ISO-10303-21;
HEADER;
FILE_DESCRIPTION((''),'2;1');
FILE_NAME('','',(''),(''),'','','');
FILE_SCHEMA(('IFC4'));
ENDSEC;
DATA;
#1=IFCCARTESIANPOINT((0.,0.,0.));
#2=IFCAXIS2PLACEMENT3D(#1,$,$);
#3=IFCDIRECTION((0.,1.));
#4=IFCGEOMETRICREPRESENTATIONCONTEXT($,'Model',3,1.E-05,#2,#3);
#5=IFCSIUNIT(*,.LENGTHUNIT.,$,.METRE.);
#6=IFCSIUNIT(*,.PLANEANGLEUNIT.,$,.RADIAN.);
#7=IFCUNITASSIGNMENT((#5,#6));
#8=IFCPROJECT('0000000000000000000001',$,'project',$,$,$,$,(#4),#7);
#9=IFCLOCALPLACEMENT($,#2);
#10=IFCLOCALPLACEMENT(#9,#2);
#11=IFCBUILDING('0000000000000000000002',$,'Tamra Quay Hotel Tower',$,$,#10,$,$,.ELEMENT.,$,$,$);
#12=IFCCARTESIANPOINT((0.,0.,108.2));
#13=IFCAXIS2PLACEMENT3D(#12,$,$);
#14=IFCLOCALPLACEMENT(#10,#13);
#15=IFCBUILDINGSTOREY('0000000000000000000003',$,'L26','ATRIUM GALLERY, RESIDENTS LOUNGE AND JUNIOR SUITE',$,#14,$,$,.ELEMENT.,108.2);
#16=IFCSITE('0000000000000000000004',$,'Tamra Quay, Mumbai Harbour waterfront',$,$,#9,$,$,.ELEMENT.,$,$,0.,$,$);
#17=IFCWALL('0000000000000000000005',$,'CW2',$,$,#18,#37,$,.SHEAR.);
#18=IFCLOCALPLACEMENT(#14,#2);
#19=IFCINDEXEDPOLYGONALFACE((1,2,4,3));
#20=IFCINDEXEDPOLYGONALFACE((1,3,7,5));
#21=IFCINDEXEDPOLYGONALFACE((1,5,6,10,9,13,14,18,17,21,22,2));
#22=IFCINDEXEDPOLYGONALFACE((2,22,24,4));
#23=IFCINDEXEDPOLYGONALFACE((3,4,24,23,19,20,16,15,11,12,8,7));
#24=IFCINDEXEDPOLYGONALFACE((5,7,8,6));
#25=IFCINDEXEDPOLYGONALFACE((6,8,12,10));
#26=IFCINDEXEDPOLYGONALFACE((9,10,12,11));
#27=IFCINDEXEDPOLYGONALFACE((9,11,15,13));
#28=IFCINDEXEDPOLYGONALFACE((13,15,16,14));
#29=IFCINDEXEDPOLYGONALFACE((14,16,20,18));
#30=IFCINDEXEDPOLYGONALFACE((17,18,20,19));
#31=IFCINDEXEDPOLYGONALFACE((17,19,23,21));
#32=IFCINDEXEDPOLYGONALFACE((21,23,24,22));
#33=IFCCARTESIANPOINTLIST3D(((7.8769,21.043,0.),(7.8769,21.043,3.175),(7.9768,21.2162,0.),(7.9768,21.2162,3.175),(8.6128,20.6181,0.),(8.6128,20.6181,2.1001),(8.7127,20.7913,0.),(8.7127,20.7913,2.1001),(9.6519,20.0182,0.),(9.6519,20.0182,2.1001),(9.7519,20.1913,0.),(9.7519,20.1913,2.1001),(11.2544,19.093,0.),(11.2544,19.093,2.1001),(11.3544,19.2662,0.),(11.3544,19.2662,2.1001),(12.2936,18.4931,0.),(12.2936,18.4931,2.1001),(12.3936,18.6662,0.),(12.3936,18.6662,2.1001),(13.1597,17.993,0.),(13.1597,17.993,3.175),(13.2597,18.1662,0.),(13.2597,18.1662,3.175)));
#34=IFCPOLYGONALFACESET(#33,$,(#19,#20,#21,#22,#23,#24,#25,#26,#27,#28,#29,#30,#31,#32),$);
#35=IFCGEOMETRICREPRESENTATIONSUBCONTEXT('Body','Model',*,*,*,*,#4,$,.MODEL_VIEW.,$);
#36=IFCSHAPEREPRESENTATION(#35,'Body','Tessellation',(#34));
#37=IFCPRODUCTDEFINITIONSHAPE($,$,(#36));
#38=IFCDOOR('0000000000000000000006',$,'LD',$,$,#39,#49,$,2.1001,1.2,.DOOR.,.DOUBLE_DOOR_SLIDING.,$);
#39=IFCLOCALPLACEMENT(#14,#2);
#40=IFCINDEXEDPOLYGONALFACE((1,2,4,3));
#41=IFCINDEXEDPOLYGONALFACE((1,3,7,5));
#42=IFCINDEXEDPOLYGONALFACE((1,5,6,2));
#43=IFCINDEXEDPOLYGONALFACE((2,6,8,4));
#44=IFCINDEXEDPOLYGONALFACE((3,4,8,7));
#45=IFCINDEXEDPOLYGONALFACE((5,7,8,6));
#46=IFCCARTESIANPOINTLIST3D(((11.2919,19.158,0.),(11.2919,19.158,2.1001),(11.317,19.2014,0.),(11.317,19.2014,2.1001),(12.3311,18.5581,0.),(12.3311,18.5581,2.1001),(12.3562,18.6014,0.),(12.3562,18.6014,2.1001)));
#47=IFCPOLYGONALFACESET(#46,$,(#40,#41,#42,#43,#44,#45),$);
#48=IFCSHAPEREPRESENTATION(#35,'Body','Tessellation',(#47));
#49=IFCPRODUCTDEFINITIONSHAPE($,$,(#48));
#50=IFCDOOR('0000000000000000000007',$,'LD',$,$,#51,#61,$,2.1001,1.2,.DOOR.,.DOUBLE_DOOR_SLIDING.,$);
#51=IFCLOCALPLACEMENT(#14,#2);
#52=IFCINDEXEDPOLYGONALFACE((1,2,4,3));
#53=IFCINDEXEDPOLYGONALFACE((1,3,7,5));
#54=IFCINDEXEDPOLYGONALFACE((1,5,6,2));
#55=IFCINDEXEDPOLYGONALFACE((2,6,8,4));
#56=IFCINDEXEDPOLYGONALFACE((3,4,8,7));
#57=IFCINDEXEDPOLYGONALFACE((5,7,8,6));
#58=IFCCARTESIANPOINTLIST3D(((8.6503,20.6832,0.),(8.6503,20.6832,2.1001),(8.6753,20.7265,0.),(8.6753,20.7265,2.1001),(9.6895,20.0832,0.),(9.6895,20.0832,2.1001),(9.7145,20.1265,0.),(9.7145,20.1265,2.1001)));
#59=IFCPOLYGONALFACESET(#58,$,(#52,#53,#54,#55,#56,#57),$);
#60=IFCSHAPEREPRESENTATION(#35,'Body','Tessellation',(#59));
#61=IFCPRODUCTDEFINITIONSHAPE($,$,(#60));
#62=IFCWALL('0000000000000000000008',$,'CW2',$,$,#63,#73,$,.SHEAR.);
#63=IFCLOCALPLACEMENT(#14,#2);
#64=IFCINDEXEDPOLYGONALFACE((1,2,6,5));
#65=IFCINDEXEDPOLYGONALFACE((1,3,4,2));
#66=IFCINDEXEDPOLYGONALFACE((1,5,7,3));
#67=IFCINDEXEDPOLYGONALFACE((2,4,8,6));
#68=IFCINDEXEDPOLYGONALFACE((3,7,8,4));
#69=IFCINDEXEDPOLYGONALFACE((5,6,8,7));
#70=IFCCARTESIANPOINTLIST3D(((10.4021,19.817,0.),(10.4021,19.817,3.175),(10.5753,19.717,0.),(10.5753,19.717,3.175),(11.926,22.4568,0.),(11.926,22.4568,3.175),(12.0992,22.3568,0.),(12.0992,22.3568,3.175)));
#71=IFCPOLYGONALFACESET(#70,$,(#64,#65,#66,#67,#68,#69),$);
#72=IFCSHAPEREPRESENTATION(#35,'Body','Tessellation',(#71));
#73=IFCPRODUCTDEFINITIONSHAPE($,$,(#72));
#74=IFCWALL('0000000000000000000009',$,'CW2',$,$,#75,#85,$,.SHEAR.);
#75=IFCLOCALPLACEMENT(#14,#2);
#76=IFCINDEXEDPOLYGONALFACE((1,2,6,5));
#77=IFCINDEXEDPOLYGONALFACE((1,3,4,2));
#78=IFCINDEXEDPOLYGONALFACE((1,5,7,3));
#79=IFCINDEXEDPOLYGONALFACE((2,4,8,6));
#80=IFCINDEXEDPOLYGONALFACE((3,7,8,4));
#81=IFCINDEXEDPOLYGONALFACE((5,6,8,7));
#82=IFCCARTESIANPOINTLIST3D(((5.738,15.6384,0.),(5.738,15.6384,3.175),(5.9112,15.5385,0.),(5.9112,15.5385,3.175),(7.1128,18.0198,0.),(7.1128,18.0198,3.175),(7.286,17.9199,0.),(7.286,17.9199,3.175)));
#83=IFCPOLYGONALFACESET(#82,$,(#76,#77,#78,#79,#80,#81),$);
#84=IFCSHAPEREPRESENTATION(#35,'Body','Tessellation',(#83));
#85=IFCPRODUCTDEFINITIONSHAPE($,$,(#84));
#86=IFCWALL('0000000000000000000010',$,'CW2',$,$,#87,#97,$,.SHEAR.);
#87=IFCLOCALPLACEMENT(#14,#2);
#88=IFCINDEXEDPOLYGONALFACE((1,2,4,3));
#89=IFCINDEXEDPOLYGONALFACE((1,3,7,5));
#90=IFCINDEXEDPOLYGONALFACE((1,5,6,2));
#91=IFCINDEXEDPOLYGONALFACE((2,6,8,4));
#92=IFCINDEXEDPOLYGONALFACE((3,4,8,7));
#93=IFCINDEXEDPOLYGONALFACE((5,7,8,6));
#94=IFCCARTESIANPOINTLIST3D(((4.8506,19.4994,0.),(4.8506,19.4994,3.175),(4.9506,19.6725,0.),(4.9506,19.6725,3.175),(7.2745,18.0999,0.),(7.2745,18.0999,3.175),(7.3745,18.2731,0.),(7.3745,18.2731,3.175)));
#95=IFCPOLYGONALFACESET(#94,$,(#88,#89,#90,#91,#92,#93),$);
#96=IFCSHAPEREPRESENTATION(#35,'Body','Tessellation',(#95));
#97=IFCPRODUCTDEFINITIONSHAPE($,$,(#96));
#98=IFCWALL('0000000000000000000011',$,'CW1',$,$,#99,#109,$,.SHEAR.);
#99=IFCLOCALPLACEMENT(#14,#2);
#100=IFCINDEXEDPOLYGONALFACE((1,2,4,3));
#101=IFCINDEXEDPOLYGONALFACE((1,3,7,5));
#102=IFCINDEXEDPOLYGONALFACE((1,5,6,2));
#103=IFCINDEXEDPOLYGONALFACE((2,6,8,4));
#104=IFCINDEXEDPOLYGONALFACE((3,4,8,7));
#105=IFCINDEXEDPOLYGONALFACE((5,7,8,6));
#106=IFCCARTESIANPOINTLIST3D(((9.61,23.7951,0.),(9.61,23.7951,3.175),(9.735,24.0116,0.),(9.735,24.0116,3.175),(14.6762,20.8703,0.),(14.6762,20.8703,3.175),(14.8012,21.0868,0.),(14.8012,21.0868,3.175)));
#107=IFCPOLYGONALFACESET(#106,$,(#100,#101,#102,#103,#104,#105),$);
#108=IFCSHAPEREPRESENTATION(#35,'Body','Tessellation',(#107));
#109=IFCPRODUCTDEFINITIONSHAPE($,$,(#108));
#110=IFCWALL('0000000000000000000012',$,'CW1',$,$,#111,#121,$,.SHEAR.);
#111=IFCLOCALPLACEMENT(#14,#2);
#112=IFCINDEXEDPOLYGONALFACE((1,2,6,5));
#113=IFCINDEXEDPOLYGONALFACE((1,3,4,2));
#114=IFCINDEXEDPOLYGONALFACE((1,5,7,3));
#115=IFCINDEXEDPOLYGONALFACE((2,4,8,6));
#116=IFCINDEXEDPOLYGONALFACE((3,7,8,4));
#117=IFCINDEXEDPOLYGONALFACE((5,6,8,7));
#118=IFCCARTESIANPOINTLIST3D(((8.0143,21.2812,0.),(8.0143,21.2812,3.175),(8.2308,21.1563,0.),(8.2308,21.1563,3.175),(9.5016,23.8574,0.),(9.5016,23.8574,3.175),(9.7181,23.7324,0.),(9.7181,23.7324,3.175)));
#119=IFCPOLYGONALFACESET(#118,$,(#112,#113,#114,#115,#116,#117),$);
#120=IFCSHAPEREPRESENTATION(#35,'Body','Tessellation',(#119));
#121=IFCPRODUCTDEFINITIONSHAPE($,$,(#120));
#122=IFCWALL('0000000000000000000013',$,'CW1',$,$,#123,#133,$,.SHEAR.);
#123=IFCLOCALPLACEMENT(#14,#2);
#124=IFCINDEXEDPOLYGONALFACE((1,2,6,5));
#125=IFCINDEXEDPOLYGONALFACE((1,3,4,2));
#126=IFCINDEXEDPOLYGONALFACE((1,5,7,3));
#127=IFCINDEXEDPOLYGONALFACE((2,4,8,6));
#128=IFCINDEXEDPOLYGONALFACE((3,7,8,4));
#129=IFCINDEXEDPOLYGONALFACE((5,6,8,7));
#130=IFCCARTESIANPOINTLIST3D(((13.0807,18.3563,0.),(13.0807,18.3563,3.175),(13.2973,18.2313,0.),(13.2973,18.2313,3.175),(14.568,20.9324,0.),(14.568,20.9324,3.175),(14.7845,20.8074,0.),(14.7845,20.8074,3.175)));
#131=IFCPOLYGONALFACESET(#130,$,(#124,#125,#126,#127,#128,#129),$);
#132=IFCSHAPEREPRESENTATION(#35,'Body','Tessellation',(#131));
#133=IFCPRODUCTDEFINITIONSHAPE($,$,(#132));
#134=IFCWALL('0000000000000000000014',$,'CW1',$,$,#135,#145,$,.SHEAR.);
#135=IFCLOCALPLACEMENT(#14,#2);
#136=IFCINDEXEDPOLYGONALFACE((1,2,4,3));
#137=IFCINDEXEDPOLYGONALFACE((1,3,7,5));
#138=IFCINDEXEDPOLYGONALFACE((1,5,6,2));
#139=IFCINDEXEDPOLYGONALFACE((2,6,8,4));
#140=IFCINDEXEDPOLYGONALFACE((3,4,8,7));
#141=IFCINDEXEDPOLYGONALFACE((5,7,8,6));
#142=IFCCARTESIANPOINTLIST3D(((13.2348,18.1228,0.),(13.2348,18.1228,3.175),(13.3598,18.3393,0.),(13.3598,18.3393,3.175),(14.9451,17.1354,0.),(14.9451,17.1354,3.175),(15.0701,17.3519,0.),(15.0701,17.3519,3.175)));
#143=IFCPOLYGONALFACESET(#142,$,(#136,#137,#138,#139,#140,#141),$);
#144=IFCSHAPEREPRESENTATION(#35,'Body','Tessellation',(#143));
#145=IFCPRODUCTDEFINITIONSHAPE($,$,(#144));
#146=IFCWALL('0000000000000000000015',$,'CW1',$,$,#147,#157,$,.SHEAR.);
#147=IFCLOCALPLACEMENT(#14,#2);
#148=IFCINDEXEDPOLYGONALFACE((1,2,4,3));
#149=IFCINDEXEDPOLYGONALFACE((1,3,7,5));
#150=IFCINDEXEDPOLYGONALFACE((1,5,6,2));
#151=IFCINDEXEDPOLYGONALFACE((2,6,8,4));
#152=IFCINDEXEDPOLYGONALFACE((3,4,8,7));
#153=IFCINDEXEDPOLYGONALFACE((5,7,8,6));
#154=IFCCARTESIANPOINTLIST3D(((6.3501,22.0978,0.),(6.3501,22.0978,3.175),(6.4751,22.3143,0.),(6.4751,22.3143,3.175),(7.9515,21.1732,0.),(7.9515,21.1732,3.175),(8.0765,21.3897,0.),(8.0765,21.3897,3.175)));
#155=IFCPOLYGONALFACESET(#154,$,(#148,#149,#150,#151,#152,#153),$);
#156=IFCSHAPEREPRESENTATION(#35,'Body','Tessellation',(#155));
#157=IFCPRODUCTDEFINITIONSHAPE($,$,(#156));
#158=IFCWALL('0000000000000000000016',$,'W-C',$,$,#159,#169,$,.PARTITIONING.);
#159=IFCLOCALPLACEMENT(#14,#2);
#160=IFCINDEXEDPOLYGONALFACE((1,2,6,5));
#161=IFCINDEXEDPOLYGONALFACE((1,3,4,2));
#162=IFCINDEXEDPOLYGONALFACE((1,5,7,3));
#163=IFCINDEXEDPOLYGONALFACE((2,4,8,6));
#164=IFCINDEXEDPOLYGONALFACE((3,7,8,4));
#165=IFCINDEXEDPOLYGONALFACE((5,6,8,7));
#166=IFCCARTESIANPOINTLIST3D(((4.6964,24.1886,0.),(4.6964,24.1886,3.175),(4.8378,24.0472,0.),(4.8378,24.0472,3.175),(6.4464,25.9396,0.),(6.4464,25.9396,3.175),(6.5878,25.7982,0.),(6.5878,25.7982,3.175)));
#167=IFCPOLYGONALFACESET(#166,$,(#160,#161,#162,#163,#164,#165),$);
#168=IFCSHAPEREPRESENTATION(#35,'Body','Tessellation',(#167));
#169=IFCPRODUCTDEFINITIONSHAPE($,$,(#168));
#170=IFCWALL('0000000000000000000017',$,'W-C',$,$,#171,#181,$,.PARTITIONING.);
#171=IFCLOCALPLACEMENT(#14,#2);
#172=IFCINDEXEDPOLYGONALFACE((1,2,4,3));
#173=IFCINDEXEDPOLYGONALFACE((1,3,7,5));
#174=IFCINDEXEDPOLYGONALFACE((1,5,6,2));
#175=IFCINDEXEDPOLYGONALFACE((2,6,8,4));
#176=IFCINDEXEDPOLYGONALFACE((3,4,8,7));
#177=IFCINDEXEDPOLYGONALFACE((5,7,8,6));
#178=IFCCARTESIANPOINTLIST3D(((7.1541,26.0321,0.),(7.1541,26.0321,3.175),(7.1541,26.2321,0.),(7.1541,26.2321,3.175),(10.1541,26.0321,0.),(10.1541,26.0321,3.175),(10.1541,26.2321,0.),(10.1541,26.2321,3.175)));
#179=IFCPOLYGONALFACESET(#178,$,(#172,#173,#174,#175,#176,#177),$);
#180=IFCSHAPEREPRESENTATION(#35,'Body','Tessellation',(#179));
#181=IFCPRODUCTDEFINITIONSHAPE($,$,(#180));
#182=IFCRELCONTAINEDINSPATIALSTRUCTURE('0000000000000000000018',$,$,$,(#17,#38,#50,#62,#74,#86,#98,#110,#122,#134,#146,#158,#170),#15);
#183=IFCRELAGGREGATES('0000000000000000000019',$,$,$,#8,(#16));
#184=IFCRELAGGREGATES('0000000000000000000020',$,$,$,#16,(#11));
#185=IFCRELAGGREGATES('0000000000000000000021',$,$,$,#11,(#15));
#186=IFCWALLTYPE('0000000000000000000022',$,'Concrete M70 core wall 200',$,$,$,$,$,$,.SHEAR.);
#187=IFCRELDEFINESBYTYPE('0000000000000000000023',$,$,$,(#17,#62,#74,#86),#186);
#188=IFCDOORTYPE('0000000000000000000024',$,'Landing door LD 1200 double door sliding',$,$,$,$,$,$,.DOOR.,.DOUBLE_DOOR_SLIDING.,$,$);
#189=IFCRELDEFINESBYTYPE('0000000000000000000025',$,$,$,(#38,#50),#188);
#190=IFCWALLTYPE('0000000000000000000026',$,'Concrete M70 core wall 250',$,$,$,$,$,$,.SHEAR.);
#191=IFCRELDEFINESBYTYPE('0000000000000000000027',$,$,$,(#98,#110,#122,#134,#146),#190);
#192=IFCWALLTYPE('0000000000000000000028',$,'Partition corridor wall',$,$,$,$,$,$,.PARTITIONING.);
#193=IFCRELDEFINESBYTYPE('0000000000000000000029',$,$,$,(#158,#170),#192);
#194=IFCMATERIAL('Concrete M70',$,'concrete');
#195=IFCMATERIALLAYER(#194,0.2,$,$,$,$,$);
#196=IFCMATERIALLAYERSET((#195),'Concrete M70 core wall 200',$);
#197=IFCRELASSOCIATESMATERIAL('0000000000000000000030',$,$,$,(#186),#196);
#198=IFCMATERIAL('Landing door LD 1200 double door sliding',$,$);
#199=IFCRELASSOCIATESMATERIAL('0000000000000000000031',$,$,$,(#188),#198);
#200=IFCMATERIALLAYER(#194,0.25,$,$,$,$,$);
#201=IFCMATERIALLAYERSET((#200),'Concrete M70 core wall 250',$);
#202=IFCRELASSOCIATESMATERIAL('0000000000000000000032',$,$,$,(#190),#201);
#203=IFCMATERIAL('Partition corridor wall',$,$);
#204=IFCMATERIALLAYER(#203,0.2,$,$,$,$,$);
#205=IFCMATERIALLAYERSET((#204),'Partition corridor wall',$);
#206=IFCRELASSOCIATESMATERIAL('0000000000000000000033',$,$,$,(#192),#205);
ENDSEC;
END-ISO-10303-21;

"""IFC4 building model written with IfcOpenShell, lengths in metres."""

from ifc_helpers import new_model, si_unit, direction, frame, frame_2d, origin, place, context, subcontext, project, spatial, rectangle, extrude, material, layer, layer_set, type_object, element, fill, save


model = new_model("IFC4")

# Units and contexts
model_context = context("Model", 3, precision=1e-05, world=origin(), true_north=direction((0.0, 1.0)))
body_context = subcontext(model_context, "Body", "Model", "MODEL_VIEW")
ifc_project = project(units=[si_unit("LENGTHUNIT", "METRE"), si_unit("PLANEANGLEUNIT", "RADIAN")], contexts=[model_context])

# Site, building, storey
site_placement = place(None, origin())
site = spatial("IfcSite", under=ifc_project, at=site_placement, Name="Tamra Quay, Mumbai Harbour waterfront", CompositionType="ELEMENT", RefElevation=0.0)
building_placement = place(site_placement, origin())
building = spatial("IfcBuilding", under=site, at=building_placement, Name="Tamra Quay Hotel Tower", CompositionType="ELEMENT")
storey_placement = place(building_placement, frame((0.0, 0.0, 108.2)))
storey = spatial("IfcBuildingStorey", under=building, at=storey_placement, Name="L26", Description="ATRIUM GALLERY, RESIDENTS LOUNGE AND JUNIOR SUITE", CompositionType="ELEMENT", Elevation=108.2)

# Shared definitions
ifc_material_1 = material(Name="Concrete M70", Category="concrete")

# Wall, openings, doors
ifc_layer_1 = layer(ifc_material_1, 0.2)
ifc_layer_set_1 = layer_set([ifc_layer_1], Name="Concrete M70 core wall 200")
wall_type_1 = type_object("IfcWallType", Name="Concrete M70 core wall 200", PredefinedType="SHEAR", material=ifc_layer_set_1)
wall_1_placement = place(storey_placement, frame((13.2097, 18.0796, 0.0), z_axis=(0.0, 0.0, 1.0), x_axis=(-0.86603, 0.499992, 0.0)))
wall_1 = element("IfcWall", 1, at=wall_1_placement, inside=storey, type_object=wall_type_1, Name="CW2", PredefinedType="SHEAR", context=body_context, shape_type="SweptSolid", body=[
    extrude(rectangle(XDim=6.1001, YDim=0.2, at=frame_2d((3.05, 0.0))), origin(), (0.0, 0.0, 1.0), 3.175),
])
opening_1_placement = place(wall_1_placement, frame((1.0, 0.0, 0.0)))
opening_1 = element("IfcOpeningElement", 2, at=opening_1_placement, cuts=wall_1, PredefinedType="OPENING", context=body_context, shape_type="SweptSolid", body=[
    extrude(rectangle(XDim=1.2, YDim=2.1001, at=frame_2d((0.6001, 1.05))), frame((0.0, 0.1099, 0.0), z_axis=(0.0, -1.0, 0.0), x_axis=(1.0, 0.0, 0.0)), (0.0, 0.0, 1.0), 0.22),
])
opening_2_placement = place(wall_1_placement, frame((4.0503, 0.0, 0.0)))
opening_2 = element("IfcOpeningElement", 3, at=opening_2_placement, cuts=wall_1, PredefinedType="OPENING", context=body_context, shape_type="SweptSolid", body=[
    extrude(rectangle(XDim=1.2, YDim=2.1001, at=frame_2d((0.6001, 1.05))), frame((0.0, 0.1099, 0.0), z_axis=(0.0, -1.0, 0.0), x_axis=(1.0, 0.0, 0.0)), (0.0, 0.0, 1.0), 0.22),
])
ifc_material_2 = material(Name="Landing door LD 1200 double door sliding")
door_type_1 = type_object("IfcDoorType", Name="Landing door LD 1200 double door sliding", OperationType="DOUBLE_DOOR_SLIDING", PredefinedType="DOOR", material=ifc_material_2)
door_1_placement = place(opening_1_placement, origin())
door_1 = element("IfcDoor", 4, at=door_1_placement, inside=storey, type_object=door_type_1, Name="LD", OperationType="DOUBLE_DOOR_SLIDING", OverallHeight=2.1001, OverallWidth=1.2, PredefinedType="DOOR", context=body_context, shape_type="SweptSolid", body=[
    extrude(rectangle(XDim=1.2, YDim=2.1001, at=frame_2d((0.6001, 1.05))), frame((0.0, 0.0249, 0.0), z_axis=(0.0, -1.0, 0.0), x_axis=(1.0, 0.0, 0.0)), (0.0, 0.0, 1.0), 0.05),
])
fill(opening_1, door_1)
door_2_placement = place(opening_2_placement, origin())
door_2 = element("IfcDoor", 5, at=door_2_placement, inside=storey, type_object=door_type_1, Name="LD", OperationType="DOUBLE_DOOR_SLIDING", OverallHeight=2.1001, OverallWidth=1.2, PredefinedType="DOOR", context=body_context, shape_type="SweptSolid", body=[
    extrude(rectangle(XDim=1.2, YDim=2.1001, at=frame_2d((0.6001, 1.05))), frame((0.0, 0.0249, 0.0), z_axis=(0.0, -1.0, 0.0), x_axis=(1.0, 0.0, 0.0)), (0.0, 0.0, 1.0), 0.05),
])
fill(opening_2, door_2)

# Walls
wall_2_placement = place(storey_placement, frame((10.4888, 19.7671, 0.0), z_axis=(0.0, 0.0, 1.0), x_axis=(0.499947, 0.866056, 0.0)))
element("IfcWall", 6, at=wall_2_placement, inside=storey, type_object=wall_type_1, Name="CW2", PredefinedType="SHEAR", context=body_context, shape_type="SweptSolid", body=[
    extrude(rectangle(XDim=3.0481, YDim=0.2, at=frame_2d((1.5239, 0.0))), origin(), (0.0, 0.0, 1.0), 3.175),
])
wall_3_placement = place(storey_placement, frame((7.1995, 17.97, 0.0), z_axis=(0.0, 0.0, 1.0), x_axis=(-0.499968, -0.866044, 0.0)))
element("IfcWall", 7, at=wall_3_placement, inside=storey, type_object=wall_type_1, Name="CW2", PredefinedType="SHEAR", context=body_context, shape_type="SweptSolid", body=[
    extrude(rectangle(XDim=2.7498, YDim=0.2, at=frame_2d((1.375, 0.0))), origin(), (0.0, 0.0, 1.0), 3.175),
])
wall_4_placement = place(storey_placement, frame((4.9006, 19.5859, 0.0), z_axis=(0.0, 0.0, 1.0), x_axis=(0.866023, -0.500004, 0.0)))
element("IfcWall", 8, at=wall_4_placement, inside=storey, type_object=wall_type_1, Name="CW2", PredefinedType="SHEAR", context=body_context, shape_type="SweptSolid", body=[
    extrude(rectangle(XDim=2.7988, YDim=0.2, at=frame_2d((1.3994, 0.0))), origin(), (0.0, 0.0, 1.0), 3.175),
])
ifc_layer_2 = layer(ifc_material_1, 0.25)
ifc_layer_set_2 = layer_set([ifc_layer_2], Name="Concrete M70 core wall 250")
wall_type_2 = type_object("IfcWallType", Name="Concrete M70 core wall 250", PredefinedType="SHEAR", material=ifc_layer_set_2)
wall_5_placement = place(storey_placement, frame((9.6726, 23.9033, 0.0), z_axis=(0.0, 0.0, 1.0), x_axis=(0.866036, -0.499981, 0.0)))
element("IfcWall", 9, at=wall_5_placement, inside=storey, type_object=wall_type_2, Name="CW1", PredefinedType="SHEAR", context=body_context, shape_type="SweptSolid", body=[
    extrude(rectangle(XDim=5.8499, YDim=0.25, at=frame_2d((2.9248, 0.0))), origin(), (0.0, 0.0, 1.0), 3.175),
])
for number, where, z_axis, x_axis, name in (
    (10, (8.1226, 21.2188, 0.0), (0.0, 0.0, 1.0), (0.499988, 0.866033, 0.0), "CW1"),
    (11, (14.6763, 20.8699, 0.0), (0.0, 0.0, 1.0), (-0.499988, -0.866033, 0.0), "CW1"),
):
    element("IfcWall", number, at=place(storey_placement, frame(where, z_axis=z_axis, x_axis=x_axis)), inside=storey, type_object=wall_type_2, Name=name, PredefinedType="SHEAR", context=body_context, shape_type="SweptSolid", body=[
        extrude(rectangle(XDim=2.9746, YDim=0.25, at=frame_2d((1.4873, 0.0))), origin(), (0.0, 0.0, 1.0), 3.175),
    ])
wall_6_placement = place(storey_placement, frame((13.2974, 18.231, 0.0), z_axis=(0.0, 0.0, 1.0), x_axis=(0.866044, -0.499969, 0.0)))
element("IfcWall", 12, at=wall_6_placement, inside=storey, type_object=wall_type_2, Name="CW1", PredefinedType="SHEAR", context=body_context, shape_type="SweptSolid", body=[
    extrude(rectangle(XDim=1.9749, YDim=0.25, at=frame_2d((0.9873, 0.0))), origin(), (0.0, 0.0, 1.0), 3.175),
])
wall_7_placement = place(storey_placement, frame((6.4126, 22.2061, 0.0), z_axis=(0.0, 0.0, 1.0), x_axis=(0.866016, -0.500016, 0.0)))
element("IfcWall", 13, at=wall_7_placement, inside=storey, type_object=wall_type_2, Name="CW1", PredefinedType="SHEAR", context=body_context, shape_type="SweptSolid", body=[
    extrude(rectangle(XDim=1.8491, YDim=0.25, at=frame_2d((0.9246, 0.0))), origin(), (0.0, 0.0, 1.0), 3.175),
])
ifc_material_3 = material(Name="Partition corridor wall")
ifc_layer_3 = layer(ifc_material_3, 0.2)
ifc_layer_set_3 = layer_set([ifc_layer_3], Name="Partition corridor wall")
wall_type_3 = type_object("IfcWallType", Name="Partition corridor wall", PredefinedType="PARTITIONING", material=ifc_layer_set_3)
wall_8_placement = place(storey_placement, frame((4.7671, 24.1179, 0.0), z_axis=(0.0, 0.0, 1.0), x_axis=(0.70691, 0.707304, 0.0)))
element("IfcWall", 14, at=wall_8_placement, inside=storey, type_object=wall_type_3, Name="W-C", PredefinedType="PARTITIONING", context=body_context, shape_type="SweptSolid", body=[
    extrude(rectangle(XDim=2.4756, YDim=0.2, at=frame_2d((1.2378, 0.0))), origin(), (0.0, 0.0, 1.0), 3.175),
])
wall_9_placement = place(storey_placement, frame((7.1541, 26.1321, 0.0), z_axis=(0.0, 0.0, 1.0), x_axis=(1.0, 0.0, 0.0)))
element("IfcWall", 15, at=wall_9_placement, inside=storey, type_object=wall_type_3, Name="W-C", PredefinedType="PARTITIONING", context=body_context, shape_type="SweptSolid", body=[
    extrude(rectangle(XDim=3.0, YDim=0.2, at=frame_2d((1.5, 0.0))), origin(), (0.0, 0.0, 1.0), 3.175),
])

save(model, "model.ifc")
